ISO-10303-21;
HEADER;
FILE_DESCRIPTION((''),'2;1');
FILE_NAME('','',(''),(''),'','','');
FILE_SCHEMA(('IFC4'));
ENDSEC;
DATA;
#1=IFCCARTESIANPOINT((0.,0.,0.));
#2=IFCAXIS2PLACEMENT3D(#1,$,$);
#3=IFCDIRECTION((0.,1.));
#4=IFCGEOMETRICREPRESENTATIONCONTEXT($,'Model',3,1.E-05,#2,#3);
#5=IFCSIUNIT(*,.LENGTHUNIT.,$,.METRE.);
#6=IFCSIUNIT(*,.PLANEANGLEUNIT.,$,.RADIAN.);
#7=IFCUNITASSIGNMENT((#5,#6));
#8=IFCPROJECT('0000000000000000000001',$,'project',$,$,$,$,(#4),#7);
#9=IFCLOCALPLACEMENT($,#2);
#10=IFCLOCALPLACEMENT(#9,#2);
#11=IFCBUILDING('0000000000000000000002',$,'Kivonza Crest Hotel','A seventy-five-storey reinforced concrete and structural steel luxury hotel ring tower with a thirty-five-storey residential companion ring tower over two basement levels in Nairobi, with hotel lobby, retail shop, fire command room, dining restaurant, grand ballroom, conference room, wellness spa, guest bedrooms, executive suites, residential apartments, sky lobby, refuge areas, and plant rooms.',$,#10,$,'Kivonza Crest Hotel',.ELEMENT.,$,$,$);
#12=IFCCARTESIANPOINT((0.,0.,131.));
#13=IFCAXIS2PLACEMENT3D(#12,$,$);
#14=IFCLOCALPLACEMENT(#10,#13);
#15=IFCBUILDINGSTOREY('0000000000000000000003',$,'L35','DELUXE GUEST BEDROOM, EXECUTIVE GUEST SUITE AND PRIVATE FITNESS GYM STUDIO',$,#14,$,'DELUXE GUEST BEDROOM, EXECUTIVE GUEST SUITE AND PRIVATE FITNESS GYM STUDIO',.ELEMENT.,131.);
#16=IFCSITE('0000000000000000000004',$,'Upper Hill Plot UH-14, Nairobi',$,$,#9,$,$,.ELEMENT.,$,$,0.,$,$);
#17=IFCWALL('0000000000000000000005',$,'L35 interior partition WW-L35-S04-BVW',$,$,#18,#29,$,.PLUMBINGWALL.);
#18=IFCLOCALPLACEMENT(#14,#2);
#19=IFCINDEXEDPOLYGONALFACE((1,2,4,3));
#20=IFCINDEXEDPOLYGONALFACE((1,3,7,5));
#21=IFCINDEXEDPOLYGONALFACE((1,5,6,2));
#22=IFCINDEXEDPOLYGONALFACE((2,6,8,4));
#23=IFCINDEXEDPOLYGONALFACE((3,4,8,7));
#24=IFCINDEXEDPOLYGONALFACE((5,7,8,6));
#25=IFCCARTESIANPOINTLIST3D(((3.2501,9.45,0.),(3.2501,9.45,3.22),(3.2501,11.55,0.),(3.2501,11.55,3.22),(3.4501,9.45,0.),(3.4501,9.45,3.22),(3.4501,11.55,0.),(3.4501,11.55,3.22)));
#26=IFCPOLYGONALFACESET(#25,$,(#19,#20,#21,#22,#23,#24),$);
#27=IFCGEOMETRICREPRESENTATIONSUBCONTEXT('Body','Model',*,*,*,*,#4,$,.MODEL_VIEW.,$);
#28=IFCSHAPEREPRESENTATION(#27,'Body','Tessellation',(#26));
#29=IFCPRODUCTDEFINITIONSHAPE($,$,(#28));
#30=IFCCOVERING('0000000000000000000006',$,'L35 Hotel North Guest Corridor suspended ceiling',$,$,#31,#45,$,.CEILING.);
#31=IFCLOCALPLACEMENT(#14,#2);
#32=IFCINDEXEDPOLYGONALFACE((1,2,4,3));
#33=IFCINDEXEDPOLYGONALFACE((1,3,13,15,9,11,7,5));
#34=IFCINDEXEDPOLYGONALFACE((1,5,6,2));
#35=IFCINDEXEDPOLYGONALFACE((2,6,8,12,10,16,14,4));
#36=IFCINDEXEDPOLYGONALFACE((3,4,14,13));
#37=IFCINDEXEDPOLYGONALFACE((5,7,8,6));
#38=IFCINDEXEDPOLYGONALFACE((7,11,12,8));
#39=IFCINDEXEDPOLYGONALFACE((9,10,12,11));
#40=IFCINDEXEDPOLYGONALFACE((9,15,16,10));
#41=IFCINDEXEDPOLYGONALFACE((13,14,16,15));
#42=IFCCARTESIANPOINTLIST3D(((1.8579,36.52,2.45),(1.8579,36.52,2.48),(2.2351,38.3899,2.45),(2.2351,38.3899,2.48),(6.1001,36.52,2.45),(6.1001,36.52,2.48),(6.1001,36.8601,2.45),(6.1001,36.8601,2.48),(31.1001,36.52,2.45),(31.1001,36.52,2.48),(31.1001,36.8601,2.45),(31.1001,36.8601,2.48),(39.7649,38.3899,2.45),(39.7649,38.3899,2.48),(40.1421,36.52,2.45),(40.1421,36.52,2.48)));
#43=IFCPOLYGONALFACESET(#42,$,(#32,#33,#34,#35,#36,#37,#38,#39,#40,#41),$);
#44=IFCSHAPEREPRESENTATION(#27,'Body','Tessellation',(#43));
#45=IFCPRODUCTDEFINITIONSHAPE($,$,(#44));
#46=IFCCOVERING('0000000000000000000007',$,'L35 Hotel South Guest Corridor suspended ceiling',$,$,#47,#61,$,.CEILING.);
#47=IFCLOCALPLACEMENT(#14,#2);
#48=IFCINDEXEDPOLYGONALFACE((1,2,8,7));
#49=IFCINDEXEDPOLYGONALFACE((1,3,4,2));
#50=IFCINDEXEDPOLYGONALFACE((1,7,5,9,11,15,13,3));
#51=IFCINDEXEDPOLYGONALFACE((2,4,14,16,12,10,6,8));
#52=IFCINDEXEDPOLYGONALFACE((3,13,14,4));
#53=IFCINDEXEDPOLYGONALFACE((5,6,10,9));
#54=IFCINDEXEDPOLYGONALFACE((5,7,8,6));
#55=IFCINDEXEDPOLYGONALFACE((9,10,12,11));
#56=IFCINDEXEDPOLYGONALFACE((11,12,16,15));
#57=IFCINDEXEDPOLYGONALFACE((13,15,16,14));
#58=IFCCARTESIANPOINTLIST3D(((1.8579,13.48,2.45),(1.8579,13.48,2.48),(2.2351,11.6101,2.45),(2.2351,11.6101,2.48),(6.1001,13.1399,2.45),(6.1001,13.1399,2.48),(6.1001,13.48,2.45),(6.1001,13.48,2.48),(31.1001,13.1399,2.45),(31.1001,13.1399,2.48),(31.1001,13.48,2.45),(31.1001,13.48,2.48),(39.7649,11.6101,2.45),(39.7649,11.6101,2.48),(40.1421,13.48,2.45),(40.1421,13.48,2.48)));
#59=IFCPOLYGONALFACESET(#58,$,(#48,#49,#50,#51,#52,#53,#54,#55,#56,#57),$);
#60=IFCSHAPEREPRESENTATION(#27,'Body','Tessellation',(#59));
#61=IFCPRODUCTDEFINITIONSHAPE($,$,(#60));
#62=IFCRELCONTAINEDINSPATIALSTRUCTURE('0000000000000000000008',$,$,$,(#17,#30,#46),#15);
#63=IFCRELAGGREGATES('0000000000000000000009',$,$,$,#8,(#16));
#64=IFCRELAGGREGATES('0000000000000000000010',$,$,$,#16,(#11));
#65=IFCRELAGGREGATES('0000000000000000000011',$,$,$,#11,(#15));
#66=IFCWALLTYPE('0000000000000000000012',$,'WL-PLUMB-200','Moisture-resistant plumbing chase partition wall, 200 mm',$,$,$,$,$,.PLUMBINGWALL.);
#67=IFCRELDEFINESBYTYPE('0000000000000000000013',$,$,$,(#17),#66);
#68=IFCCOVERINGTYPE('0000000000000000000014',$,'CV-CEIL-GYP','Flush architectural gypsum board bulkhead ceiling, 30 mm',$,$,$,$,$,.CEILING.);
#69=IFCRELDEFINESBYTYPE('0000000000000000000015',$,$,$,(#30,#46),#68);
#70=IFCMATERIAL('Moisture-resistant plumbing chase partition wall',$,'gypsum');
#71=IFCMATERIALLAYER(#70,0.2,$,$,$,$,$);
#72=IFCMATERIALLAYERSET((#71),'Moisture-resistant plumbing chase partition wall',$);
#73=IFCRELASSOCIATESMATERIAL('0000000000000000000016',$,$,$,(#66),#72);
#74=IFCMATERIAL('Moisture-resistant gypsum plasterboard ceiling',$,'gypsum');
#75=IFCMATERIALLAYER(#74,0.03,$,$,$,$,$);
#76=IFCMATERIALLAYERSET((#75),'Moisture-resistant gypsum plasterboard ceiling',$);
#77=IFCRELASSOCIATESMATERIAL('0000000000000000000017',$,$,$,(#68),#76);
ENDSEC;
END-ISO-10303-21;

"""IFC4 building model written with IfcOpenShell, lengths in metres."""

from ifc_helpers import new_model, si_unit, direction, frame, frame_2d, origin, place, context, subcontext, project, spatial, polyline, rectangle, outline, extrude, material, layer, layer_set, type_object, element, save


model = new_model("IFC4")

# Units and contexts
model_context = context("Model", 3, precision=1e-05, world=origin(), true_north=direction((0.0, 1.0)))
body_context = subcontext(model_context, "Body", "Model", "MODEL_VIEW")
ifc_project = project(units=[si_unit("LENGTHUNIT", "METRE"), si_unit("PLANEANGLEUNIT", "RADIAN")], contexts=[model_context])

# Site, building, storey
site_placement = place(None, origin())
site = spatial("IfcSite", under=ifc_project, at=site_placement, Name="Upper Hill Plot UH-14, Nairobi", CompositionType="ELEMENT", RefElevation=0.0)
building_placement = place(site_placement, origin())
building = spatial("IfcBuilding", under=site, at=building_placement, Name="Kivonza Crest Hotel", Description="A seventy-five-storey reinforced concrete and structural steel luxury hotel ring tower with a thirty-five-storey residential companion ring tower over two basement levels in Nairobi, with hotel lobby, retail shop, fire command room, dining restaurant, grand ballroom, conference room, wellness spa, guest bedrooms, executive suites, residential apartments, sky lobby, refuge areas, and plant rooms.", LongName="Kivonza Crest Hotel", CompositionType="ELEMENT")
storey_placement = place(building_placement, frame((0.0, 0.0, 131.0)))
storey = spatial("IfcBuildingStorey", under=building, at=storey_placement, Name="L35", Description="DELUXE GUEST BEDROOM, EXECUTIVE GUEST SUITE AND PRIVATE FITNESS GYM STUDIO", LongName="DELUXE GUEST BEDROOM, EXECUTIVE GUEST SUITE AND PRIVATE FITNESS GYM STUDIO", CompositionType="ELEMENT", Elevation=131.0)

# Shared definitions
ifc_material_1 = material(Name="Moisture-resistant plumbing chase partition wall", Category="gypsum")
ifc_layer_1 = layer(ifc_material_1, 0.2)
ifc_layer_set_1 = layer_set([ifc_layer_1], Name="Moisture-resistant plumbing chase partition wall")
wall_type_1 = type_object("IfcWallType", Name="WL-PLUMB-200", Description="Moisture-resistant plumbing chase partition wall, 200 mm", PredefinedType="PLUMBINGWALL", material=ifc_layer_set_1)

# Wall
wall_1_placement = place(storey_placement, frame((3.3501, 9.45, 0.0), z_axis=(0.0, 0.0, 1.0), x_axis=(0.0, 1.0, 0.0)))
element("IfcWall", 1, at=wall_1_placement, inside=storey, type_object=wall_type_1, Name="L35 interior partition WW-L35-S04-BVW", PredefinedType="PLUMBINGWALL", context=body_context, shape_type="SweptSolid", body=[
    extrude(rectangle(XDim=2.1001, YDim=0.2, at=frame_2d((1.05, 0.0))), origin(), (0.0, 0.0, 1.0), 3.22),
])

# Coverings
ifc_material_2 = material(Name="Moisture-resistant gypsum plasterboard ceiling", Category="gypsum")
ifc_layer_2 = layer(ifc_material_2, 0.03)
ifc_layer_set_2 = layer_set([ifc_layer_2], Name="Moisture-resistant gypsum plasterboard ceiling")
covering_type = type_object("IfcCoveringType", Name="CV-CEIL-GYP", Description="Flush architectural gypsum board bulkhead ceiling, 30 mm", PredefinedType="CEILING", material=ifc_layer_set_2)
covering_1_placement = place(storey_placement, frame((0.0, 0.0, 2.45)))
element("IfcCovering", 2, at=covering_1_placement, inside=storey, type_object=covering_type, Name="L35 Hotel North Guest Corridor suspended ceiling", PredefinedType="CEILING", context=body_context, shape_type="SweptSolid", body=[
    extrude(outline(polyline([(2.2351, 38.3899), (1.8579, 36.52), (6.1001, 36.52), (6.1001, 36.8601), (31.1001, 36.8601), (31.1001, 36.52), (40.1421, 36.52), (39.7649, 38.3899), (2.2351, 38.3899)])), origin(), (0.0, 0.0, 1.0), 0.03),
])
covering_2_placement = place(storey_placement, frame((0.0, 0.0, 2.45)))
element("IfcCovering", 3, at=covering_2_placement, inside=storey, type_object=covering_type, Name="L35 Hotel South Guest Corridor suspended ceiling", PredefinedType="CEILING", context=body_context, shape_type="SweptSolid", body=[
    extrude(outline(polyline([(1.8579, 13.48), (2.2351, 11.6101), (39.7649, 11.6101), (40.1421, 13.48), (31.1001, 13.48), (31.1001, 13.1399), (6.1001, 13.1399), (6.1001, 13.48), (1.8579, 13.48)])), origin(), (0.0, 0.0, 1.0), 0.03),
])

save(model, "model.ifc")
